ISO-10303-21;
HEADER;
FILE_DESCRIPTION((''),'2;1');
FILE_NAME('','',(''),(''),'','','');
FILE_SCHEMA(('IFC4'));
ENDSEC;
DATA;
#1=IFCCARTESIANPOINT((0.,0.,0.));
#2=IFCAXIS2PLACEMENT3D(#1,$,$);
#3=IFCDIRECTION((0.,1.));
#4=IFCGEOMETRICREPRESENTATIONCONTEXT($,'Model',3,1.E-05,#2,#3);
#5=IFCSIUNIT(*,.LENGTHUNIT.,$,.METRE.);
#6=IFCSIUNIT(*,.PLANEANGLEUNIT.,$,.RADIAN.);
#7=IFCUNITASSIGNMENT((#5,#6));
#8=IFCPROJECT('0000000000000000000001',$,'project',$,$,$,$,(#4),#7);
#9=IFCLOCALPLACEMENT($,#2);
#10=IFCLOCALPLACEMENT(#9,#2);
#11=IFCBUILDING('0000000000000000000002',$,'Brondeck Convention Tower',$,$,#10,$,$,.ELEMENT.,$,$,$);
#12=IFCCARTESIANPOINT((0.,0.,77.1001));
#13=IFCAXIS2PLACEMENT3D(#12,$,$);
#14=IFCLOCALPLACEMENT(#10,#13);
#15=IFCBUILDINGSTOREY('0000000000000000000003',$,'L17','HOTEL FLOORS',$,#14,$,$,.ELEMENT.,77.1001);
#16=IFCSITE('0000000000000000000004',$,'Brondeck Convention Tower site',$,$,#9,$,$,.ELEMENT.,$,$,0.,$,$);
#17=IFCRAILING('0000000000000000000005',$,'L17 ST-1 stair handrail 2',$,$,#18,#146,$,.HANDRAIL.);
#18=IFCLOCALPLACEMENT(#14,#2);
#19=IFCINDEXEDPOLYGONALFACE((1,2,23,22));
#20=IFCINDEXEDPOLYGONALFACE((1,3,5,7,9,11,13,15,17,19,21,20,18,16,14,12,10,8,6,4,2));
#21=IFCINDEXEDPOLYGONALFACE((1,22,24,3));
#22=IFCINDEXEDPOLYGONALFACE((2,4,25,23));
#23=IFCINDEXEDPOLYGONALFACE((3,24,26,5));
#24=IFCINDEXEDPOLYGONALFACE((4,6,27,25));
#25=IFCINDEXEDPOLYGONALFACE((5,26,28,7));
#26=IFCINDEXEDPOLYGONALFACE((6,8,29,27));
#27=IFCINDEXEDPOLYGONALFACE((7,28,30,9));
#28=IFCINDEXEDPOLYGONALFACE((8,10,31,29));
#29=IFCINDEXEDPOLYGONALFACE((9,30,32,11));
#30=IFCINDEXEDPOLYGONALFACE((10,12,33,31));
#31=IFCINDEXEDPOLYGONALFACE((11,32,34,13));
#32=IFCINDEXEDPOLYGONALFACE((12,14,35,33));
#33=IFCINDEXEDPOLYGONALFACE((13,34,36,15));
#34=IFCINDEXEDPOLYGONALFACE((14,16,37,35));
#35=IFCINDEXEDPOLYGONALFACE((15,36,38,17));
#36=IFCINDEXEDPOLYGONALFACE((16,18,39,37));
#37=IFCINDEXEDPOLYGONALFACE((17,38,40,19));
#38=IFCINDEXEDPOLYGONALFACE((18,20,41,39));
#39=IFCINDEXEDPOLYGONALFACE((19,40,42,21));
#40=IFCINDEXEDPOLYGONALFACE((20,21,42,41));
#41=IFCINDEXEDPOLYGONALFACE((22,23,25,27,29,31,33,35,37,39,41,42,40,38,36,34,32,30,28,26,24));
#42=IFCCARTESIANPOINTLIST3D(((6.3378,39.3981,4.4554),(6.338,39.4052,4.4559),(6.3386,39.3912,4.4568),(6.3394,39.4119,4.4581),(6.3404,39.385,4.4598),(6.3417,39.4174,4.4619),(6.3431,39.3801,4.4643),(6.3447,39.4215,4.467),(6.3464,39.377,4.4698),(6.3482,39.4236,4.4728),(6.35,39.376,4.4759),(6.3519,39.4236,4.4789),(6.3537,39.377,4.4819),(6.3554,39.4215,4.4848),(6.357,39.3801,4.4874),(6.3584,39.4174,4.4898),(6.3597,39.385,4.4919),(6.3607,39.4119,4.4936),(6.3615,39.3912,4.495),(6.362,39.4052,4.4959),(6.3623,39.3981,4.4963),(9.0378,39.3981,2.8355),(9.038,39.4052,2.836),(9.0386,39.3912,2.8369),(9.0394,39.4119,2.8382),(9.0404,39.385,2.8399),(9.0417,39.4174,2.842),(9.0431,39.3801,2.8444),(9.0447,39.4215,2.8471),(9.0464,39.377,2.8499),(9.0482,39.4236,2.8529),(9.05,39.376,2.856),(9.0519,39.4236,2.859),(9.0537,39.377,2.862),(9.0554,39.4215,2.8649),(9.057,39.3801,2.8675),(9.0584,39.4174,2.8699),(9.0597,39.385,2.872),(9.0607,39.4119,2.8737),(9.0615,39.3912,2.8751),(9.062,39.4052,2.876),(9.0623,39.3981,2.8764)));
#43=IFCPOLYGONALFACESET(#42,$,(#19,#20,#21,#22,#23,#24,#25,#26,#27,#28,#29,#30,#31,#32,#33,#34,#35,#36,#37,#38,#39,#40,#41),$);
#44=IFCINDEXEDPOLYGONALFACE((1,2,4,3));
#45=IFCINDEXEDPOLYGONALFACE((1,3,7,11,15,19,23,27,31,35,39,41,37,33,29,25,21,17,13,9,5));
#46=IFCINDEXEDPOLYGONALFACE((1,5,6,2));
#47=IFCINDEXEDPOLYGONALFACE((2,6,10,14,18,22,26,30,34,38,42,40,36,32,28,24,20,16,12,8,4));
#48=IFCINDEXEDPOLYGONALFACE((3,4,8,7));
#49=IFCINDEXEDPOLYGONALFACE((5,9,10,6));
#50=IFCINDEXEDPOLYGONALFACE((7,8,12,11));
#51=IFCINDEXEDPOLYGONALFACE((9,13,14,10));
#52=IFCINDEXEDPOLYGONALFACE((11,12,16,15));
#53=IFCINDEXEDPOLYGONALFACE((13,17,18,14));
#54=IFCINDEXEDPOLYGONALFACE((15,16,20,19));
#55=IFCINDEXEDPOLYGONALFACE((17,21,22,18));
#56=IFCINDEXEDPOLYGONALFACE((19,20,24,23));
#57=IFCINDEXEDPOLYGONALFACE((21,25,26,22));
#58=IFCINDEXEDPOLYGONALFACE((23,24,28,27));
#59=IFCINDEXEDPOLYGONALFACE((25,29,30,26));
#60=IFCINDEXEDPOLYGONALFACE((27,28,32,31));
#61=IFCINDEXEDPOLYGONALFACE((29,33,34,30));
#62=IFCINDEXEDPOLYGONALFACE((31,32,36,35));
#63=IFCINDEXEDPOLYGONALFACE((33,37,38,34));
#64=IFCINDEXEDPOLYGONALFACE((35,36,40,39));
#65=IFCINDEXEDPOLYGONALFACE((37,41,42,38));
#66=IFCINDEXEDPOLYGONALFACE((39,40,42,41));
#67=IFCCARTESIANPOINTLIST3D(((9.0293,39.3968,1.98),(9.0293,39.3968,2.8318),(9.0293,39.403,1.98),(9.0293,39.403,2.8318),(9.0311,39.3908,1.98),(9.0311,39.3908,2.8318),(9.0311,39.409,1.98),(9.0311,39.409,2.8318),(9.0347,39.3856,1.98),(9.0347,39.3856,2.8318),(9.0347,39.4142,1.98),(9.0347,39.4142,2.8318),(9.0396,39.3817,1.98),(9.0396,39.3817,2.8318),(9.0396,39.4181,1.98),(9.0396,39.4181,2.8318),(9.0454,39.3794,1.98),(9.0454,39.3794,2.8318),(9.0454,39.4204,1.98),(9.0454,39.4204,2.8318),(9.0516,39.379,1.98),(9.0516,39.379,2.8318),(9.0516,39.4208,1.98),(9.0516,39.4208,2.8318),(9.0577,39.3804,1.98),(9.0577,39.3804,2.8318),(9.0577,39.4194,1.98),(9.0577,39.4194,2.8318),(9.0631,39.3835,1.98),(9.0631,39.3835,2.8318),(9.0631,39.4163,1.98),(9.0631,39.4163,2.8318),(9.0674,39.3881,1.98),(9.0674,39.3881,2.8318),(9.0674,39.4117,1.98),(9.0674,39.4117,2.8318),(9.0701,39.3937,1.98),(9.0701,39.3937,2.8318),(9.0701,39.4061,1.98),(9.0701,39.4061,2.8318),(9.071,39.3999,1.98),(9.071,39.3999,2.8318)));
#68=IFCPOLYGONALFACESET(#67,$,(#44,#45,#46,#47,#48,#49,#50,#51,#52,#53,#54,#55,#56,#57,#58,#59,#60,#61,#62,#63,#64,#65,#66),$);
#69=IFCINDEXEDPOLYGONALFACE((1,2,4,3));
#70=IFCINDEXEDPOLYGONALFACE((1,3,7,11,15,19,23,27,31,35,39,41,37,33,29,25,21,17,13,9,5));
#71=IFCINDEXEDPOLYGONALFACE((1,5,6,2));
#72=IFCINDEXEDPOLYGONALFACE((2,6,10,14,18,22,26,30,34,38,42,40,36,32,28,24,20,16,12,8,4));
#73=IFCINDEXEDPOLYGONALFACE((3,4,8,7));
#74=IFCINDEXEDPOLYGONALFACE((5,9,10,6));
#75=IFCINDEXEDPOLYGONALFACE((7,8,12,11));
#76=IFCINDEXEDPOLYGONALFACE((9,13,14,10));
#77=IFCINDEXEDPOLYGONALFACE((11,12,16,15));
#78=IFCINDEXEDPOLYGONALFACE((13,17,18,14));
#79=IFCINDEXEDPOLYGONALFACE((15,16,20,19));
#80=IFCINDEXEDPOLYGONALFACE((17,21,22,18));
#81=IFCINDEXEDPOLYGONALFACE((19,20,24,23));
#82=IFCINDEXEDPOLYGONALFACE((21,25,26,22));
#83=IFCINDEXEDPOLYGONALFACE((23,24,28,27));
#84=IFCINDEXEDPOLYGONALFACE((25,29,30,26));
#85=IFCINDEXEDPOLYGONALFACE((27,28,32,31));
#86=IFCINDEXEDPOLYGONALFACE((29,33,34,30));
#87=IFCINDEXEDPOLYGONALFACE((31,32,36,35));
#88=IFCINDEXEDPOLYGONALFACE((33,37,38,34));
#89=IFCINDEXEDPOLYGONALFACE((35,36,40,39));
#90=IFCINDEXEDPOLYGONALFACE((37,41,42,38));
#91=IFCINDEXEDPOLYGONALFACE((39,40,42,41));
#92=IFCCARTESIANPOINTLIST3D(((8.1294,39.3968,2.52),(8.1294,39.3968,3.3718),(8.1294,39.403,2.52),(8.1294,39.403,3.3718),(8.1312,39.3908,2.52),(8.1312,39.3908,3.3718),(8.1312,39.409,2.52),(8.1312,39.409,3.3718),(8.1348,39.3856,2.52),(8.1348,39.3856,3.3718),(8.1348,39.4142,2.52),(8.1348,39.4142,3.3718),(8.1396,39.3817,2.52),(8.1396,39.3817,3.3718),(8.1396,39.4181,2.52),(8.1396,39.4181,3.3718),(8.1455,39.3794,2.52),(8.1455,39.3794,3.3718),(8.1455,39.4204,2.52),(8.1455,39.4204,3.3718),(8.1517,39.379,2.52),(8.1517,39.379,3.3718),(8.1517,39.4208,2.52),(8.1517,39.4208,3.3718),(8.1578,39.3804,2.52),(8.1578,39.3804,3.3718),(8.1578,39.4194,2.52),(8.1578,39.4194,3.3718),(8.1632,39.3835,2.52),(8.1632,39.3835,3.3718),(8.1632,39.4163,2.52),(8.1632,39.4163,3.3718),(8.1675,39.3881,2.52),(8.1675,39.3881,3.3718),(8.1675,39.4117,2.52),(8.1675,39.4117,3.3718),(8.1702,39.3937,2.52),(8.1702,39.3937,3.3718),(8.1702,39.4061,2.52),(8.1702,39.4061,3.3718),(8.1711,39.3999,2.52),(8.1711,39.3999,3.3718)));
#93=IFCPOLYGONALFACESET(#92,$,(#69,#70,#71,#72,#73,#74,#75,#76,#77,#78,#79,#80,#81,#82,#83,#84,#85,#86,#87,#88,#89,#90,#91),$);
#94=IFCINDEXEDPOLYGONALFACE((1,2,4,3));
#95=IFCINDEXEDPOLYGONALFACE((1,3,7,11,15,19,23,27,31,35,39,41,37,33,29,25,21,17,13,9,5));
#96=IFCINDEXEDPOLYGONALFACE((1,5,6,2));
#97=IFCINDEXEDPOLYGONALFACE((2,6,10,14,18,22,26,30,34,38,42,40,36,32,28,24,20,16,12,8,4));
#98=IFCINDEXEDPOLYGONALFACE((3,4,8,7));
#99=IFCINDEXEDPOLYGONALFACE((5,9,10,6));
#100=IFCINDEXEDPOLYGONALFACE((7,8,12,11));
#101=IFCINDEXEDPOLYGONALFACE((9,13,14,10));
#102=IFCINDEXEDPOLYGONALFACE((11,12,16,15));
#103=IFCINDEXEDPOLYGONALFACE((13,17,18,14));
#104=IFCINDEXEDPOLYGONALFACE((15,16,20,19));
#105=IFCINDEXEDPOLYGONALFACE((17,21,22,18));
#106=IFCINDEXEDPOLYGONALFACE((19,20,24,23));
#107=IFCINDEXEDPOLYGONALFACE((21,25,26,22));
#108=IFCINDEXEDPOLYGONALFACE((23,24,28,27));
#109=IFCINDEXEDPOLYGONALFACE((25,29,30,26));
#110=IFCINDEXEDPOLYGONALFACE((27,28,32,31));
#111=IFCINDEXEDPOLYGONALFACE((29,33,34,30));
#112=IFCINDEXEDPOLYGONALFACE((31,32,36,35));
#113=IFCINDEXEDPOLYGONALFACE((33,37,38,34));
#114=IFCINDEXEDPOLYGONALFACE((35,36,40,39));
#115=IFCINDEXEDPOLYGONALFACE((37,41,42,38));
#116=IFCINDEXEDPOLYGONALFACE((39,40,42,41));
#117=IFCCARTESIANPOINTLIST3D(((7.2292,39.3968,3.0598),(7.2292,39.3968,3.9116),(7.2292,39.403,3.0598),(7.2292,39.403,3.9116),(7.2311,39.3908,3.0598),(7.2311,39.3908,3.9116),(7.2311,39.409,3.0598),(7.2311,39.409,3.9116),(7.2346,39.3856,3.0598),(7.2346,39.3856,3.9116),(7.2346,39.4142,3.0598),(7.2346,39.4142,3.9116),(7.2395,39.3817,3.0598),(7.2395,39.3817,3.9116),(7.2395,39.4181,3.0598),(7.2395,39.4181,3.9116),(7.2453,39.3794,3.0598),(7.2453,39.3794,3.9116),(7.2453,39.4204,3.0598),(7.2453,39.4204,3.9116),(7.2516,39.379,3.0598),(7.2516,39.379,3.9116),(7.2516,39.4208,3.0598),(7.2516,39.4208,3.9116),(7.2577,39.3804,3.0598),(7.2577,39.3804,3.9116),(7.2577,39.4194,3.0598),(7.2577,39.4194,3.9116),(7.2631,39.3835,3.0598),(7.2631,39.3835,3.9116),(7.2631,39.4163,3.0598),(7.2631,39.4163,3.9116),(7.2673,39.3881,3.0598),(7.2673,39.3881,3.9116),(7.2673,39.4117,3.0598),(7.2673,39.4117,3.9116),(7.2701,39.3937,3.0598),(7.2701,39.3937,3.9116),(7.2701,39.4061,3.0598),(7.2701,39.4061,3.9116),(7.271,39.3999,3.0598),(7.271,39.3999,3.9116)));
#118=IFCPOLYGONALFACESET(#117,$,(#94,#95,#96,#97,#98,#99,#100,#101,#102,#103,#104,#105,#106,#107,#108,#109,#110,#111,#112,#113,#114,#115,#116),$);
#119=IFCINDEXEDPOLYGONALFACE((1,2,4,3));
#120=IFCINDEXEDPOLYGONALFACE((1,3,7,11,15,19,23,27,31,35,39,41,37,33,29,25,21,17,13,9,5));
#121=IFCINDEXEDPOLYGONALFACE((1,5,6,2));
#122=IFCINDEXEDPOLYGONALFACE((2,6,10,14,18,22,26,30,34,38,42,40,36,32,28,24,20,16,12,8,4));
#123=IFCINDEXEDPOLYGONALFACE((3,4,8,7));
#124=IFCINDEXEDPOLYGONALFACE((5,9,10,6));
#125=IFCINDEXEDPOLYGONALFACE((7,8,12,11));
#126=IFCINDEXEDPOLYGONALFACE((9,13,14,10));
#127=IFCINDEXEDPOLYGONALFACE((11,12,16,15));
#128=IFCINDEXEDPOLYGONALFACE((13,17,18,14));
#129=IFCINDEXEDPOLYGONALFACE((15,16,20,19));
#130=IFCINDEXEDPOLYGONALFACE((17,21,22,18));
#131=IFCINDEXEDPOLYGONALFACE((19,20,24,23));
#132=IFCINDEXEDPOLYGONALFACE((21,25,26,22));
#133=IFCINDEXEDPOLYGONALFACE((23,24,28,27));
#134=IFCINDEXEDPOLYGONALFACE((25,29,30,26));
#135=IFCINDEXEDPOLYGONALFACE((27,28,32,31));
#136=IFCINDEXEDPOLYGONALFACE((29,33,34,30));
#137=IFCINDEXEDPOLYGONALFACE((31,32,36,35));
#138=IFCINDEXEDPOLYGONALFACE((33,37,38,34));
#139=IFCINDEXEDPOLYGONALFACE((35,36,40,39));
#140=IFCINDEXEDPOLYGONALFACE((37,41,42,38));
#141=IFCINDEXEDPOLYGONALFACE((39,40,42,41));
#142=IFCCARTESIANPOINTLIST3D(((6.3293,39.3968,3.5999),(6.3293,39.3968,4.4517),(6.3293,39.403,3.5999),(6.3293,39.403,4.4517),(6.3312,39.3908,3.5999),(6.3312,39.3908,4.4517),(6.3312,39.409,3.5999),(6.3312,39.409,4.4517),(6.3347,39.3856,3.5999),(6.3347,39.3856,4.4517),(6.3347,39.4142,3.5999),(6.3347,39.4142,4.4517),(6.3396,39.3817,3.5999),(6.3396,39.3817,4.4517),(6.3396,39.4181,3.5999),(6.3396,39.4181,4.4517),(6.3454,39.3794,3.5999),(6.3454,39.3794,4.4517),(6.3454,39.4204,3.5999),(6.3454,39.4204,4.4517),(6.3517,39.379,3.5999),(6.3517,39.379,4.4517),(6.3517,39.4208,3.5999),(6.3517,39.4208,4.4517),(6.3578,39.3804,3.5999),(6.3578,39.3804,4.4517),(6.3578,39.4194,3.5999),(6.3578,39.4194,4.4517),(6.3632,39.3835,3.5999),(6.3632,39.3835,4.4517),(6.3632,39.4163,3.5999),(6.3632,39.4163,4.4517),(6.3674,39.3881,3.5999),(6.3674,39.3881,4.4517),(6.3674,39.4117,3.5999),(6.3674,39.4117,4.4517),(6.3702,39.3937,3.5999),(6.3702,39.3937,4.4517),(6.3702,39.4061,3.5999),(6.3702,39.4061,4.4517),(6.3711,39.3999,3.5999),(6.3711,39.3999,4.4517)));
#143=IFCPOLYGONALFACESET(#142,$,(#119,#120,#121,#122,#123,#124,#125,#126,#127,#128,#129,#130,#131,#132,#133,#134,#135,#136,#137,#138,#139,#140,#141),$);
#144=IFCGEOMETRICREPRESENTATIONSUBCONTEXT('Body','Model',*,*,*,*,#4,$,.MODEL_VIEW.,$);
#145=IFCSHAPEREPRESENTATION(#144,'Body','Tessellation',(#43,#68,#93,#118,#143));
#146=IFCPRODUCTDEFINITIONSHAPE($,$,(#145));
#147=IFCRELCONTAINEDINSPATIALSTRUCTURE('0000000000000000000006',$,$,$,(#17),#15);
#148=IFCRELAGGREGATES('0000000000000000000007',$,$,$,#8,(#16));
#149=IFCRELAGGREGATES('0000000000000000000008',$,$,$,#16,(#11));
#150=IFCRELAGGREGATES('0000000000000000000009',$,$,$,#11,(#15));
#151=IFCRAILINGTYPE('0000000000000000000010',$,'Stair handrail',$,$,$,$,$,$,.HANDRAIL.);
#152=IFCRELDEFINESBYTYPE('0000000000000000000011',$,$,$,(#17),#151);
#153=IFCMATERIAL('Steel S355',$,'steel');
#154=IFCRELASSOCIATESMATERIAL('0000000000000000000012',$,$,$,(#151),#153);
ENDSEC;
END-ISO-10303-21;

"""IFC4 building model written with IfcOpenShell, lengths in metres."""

from ifc_helpers import new_model, si_unit, direction, frame, origin, origin_2d, place, context, subcontext, project, spatial, circle, extrude, material, type_object, element, save


model = new_model("IFC4")

# Units and contexts
model_context = context("Model", 3, precision=1e-05, world=origin(), true_north=direction((0.0, 1.0)))
body_context = subcontext(model_context, "Body", "Model", "MODEL_VIEW")
ifc_project = project(units=[si_unit("LENGTHUNIT", "METRE"), si_unit("PLANEANGLEUNIT", "RADIAN")], contexts=[model_context])

# Site, building, storey
site_placement = place(None, origin())
site = spatial("IfcSite", under=ifc_project, at=site_placement, Name="Brondeck Convention Tower site", CompositionType="ELEMENT", RefElevation=0.0)
building_placement = place(site_placement, origin())
building = spatial("IfcBuilding", under=site, at=building_placement, Name="Brondeck Convention Tower", CompositionType="ELEMENT")
storey_placement = place(building_placement, frame((0.0, 0.0, 77.1001)))
storey = spatial("IfcBuildingStorey", under=building, at=storey_placement, Name="L17", Description="HOTEL FLOORS", CompositionType="ELEMENT", Elevation=77.1001)

# Shared definitions
ifc_material_1 = material(Name="Steel S355", Category="steel")

# Railing
railing_type = type_object("IfcRailingType", Name="Stair handrail", PredefinedType="HANDRAIL", material=ifc_material_1)
railing_placement = place(storey_placement, frame((9.05, 39.3999, 1.98)))
element("IfcRailing", 1, at=railing_placement, inside=storey, type_object=railing_type, Name="L17 ST-1 stair handrail 2", PredefinedType="HANDRAIL", context=body_context, shape_type="SweptSolid", body=[
    extrude(circle(Radius=0.0239, at=origin_2d()), frame((0.0, 0.0, 0.876), z_axis=(-0.857507, 0.0, 0.514473), x_axis=(0.0, -1.0, 0.0)), (0.0, 0.0, 1.0), 3.1487),
    extrude(circle(Radius=0.021, at=origin_2d()), origin(), (0.0, 0.0, 1.0), 0.8518),
    extrude(circle(Radius=0.021, at=origin_2d()), frame((-0.8999, 0.0, 0.54)), (0.0, 0.0, 1.0), 0.8518),
    extrude(circle(Radius=0.021, at=origin_2d()), frame((-1.8, 0.0, 1.0798)), (0.0, 0.0, 1.0), 0.8518),
    extrude(circle(Radius=0.021, at=origin_2d()), frame((-2.7, 0.0, 1.6199)), (0.0, 0.0, 1.0), 0.8518),
])

save(model, "model.ifc")
